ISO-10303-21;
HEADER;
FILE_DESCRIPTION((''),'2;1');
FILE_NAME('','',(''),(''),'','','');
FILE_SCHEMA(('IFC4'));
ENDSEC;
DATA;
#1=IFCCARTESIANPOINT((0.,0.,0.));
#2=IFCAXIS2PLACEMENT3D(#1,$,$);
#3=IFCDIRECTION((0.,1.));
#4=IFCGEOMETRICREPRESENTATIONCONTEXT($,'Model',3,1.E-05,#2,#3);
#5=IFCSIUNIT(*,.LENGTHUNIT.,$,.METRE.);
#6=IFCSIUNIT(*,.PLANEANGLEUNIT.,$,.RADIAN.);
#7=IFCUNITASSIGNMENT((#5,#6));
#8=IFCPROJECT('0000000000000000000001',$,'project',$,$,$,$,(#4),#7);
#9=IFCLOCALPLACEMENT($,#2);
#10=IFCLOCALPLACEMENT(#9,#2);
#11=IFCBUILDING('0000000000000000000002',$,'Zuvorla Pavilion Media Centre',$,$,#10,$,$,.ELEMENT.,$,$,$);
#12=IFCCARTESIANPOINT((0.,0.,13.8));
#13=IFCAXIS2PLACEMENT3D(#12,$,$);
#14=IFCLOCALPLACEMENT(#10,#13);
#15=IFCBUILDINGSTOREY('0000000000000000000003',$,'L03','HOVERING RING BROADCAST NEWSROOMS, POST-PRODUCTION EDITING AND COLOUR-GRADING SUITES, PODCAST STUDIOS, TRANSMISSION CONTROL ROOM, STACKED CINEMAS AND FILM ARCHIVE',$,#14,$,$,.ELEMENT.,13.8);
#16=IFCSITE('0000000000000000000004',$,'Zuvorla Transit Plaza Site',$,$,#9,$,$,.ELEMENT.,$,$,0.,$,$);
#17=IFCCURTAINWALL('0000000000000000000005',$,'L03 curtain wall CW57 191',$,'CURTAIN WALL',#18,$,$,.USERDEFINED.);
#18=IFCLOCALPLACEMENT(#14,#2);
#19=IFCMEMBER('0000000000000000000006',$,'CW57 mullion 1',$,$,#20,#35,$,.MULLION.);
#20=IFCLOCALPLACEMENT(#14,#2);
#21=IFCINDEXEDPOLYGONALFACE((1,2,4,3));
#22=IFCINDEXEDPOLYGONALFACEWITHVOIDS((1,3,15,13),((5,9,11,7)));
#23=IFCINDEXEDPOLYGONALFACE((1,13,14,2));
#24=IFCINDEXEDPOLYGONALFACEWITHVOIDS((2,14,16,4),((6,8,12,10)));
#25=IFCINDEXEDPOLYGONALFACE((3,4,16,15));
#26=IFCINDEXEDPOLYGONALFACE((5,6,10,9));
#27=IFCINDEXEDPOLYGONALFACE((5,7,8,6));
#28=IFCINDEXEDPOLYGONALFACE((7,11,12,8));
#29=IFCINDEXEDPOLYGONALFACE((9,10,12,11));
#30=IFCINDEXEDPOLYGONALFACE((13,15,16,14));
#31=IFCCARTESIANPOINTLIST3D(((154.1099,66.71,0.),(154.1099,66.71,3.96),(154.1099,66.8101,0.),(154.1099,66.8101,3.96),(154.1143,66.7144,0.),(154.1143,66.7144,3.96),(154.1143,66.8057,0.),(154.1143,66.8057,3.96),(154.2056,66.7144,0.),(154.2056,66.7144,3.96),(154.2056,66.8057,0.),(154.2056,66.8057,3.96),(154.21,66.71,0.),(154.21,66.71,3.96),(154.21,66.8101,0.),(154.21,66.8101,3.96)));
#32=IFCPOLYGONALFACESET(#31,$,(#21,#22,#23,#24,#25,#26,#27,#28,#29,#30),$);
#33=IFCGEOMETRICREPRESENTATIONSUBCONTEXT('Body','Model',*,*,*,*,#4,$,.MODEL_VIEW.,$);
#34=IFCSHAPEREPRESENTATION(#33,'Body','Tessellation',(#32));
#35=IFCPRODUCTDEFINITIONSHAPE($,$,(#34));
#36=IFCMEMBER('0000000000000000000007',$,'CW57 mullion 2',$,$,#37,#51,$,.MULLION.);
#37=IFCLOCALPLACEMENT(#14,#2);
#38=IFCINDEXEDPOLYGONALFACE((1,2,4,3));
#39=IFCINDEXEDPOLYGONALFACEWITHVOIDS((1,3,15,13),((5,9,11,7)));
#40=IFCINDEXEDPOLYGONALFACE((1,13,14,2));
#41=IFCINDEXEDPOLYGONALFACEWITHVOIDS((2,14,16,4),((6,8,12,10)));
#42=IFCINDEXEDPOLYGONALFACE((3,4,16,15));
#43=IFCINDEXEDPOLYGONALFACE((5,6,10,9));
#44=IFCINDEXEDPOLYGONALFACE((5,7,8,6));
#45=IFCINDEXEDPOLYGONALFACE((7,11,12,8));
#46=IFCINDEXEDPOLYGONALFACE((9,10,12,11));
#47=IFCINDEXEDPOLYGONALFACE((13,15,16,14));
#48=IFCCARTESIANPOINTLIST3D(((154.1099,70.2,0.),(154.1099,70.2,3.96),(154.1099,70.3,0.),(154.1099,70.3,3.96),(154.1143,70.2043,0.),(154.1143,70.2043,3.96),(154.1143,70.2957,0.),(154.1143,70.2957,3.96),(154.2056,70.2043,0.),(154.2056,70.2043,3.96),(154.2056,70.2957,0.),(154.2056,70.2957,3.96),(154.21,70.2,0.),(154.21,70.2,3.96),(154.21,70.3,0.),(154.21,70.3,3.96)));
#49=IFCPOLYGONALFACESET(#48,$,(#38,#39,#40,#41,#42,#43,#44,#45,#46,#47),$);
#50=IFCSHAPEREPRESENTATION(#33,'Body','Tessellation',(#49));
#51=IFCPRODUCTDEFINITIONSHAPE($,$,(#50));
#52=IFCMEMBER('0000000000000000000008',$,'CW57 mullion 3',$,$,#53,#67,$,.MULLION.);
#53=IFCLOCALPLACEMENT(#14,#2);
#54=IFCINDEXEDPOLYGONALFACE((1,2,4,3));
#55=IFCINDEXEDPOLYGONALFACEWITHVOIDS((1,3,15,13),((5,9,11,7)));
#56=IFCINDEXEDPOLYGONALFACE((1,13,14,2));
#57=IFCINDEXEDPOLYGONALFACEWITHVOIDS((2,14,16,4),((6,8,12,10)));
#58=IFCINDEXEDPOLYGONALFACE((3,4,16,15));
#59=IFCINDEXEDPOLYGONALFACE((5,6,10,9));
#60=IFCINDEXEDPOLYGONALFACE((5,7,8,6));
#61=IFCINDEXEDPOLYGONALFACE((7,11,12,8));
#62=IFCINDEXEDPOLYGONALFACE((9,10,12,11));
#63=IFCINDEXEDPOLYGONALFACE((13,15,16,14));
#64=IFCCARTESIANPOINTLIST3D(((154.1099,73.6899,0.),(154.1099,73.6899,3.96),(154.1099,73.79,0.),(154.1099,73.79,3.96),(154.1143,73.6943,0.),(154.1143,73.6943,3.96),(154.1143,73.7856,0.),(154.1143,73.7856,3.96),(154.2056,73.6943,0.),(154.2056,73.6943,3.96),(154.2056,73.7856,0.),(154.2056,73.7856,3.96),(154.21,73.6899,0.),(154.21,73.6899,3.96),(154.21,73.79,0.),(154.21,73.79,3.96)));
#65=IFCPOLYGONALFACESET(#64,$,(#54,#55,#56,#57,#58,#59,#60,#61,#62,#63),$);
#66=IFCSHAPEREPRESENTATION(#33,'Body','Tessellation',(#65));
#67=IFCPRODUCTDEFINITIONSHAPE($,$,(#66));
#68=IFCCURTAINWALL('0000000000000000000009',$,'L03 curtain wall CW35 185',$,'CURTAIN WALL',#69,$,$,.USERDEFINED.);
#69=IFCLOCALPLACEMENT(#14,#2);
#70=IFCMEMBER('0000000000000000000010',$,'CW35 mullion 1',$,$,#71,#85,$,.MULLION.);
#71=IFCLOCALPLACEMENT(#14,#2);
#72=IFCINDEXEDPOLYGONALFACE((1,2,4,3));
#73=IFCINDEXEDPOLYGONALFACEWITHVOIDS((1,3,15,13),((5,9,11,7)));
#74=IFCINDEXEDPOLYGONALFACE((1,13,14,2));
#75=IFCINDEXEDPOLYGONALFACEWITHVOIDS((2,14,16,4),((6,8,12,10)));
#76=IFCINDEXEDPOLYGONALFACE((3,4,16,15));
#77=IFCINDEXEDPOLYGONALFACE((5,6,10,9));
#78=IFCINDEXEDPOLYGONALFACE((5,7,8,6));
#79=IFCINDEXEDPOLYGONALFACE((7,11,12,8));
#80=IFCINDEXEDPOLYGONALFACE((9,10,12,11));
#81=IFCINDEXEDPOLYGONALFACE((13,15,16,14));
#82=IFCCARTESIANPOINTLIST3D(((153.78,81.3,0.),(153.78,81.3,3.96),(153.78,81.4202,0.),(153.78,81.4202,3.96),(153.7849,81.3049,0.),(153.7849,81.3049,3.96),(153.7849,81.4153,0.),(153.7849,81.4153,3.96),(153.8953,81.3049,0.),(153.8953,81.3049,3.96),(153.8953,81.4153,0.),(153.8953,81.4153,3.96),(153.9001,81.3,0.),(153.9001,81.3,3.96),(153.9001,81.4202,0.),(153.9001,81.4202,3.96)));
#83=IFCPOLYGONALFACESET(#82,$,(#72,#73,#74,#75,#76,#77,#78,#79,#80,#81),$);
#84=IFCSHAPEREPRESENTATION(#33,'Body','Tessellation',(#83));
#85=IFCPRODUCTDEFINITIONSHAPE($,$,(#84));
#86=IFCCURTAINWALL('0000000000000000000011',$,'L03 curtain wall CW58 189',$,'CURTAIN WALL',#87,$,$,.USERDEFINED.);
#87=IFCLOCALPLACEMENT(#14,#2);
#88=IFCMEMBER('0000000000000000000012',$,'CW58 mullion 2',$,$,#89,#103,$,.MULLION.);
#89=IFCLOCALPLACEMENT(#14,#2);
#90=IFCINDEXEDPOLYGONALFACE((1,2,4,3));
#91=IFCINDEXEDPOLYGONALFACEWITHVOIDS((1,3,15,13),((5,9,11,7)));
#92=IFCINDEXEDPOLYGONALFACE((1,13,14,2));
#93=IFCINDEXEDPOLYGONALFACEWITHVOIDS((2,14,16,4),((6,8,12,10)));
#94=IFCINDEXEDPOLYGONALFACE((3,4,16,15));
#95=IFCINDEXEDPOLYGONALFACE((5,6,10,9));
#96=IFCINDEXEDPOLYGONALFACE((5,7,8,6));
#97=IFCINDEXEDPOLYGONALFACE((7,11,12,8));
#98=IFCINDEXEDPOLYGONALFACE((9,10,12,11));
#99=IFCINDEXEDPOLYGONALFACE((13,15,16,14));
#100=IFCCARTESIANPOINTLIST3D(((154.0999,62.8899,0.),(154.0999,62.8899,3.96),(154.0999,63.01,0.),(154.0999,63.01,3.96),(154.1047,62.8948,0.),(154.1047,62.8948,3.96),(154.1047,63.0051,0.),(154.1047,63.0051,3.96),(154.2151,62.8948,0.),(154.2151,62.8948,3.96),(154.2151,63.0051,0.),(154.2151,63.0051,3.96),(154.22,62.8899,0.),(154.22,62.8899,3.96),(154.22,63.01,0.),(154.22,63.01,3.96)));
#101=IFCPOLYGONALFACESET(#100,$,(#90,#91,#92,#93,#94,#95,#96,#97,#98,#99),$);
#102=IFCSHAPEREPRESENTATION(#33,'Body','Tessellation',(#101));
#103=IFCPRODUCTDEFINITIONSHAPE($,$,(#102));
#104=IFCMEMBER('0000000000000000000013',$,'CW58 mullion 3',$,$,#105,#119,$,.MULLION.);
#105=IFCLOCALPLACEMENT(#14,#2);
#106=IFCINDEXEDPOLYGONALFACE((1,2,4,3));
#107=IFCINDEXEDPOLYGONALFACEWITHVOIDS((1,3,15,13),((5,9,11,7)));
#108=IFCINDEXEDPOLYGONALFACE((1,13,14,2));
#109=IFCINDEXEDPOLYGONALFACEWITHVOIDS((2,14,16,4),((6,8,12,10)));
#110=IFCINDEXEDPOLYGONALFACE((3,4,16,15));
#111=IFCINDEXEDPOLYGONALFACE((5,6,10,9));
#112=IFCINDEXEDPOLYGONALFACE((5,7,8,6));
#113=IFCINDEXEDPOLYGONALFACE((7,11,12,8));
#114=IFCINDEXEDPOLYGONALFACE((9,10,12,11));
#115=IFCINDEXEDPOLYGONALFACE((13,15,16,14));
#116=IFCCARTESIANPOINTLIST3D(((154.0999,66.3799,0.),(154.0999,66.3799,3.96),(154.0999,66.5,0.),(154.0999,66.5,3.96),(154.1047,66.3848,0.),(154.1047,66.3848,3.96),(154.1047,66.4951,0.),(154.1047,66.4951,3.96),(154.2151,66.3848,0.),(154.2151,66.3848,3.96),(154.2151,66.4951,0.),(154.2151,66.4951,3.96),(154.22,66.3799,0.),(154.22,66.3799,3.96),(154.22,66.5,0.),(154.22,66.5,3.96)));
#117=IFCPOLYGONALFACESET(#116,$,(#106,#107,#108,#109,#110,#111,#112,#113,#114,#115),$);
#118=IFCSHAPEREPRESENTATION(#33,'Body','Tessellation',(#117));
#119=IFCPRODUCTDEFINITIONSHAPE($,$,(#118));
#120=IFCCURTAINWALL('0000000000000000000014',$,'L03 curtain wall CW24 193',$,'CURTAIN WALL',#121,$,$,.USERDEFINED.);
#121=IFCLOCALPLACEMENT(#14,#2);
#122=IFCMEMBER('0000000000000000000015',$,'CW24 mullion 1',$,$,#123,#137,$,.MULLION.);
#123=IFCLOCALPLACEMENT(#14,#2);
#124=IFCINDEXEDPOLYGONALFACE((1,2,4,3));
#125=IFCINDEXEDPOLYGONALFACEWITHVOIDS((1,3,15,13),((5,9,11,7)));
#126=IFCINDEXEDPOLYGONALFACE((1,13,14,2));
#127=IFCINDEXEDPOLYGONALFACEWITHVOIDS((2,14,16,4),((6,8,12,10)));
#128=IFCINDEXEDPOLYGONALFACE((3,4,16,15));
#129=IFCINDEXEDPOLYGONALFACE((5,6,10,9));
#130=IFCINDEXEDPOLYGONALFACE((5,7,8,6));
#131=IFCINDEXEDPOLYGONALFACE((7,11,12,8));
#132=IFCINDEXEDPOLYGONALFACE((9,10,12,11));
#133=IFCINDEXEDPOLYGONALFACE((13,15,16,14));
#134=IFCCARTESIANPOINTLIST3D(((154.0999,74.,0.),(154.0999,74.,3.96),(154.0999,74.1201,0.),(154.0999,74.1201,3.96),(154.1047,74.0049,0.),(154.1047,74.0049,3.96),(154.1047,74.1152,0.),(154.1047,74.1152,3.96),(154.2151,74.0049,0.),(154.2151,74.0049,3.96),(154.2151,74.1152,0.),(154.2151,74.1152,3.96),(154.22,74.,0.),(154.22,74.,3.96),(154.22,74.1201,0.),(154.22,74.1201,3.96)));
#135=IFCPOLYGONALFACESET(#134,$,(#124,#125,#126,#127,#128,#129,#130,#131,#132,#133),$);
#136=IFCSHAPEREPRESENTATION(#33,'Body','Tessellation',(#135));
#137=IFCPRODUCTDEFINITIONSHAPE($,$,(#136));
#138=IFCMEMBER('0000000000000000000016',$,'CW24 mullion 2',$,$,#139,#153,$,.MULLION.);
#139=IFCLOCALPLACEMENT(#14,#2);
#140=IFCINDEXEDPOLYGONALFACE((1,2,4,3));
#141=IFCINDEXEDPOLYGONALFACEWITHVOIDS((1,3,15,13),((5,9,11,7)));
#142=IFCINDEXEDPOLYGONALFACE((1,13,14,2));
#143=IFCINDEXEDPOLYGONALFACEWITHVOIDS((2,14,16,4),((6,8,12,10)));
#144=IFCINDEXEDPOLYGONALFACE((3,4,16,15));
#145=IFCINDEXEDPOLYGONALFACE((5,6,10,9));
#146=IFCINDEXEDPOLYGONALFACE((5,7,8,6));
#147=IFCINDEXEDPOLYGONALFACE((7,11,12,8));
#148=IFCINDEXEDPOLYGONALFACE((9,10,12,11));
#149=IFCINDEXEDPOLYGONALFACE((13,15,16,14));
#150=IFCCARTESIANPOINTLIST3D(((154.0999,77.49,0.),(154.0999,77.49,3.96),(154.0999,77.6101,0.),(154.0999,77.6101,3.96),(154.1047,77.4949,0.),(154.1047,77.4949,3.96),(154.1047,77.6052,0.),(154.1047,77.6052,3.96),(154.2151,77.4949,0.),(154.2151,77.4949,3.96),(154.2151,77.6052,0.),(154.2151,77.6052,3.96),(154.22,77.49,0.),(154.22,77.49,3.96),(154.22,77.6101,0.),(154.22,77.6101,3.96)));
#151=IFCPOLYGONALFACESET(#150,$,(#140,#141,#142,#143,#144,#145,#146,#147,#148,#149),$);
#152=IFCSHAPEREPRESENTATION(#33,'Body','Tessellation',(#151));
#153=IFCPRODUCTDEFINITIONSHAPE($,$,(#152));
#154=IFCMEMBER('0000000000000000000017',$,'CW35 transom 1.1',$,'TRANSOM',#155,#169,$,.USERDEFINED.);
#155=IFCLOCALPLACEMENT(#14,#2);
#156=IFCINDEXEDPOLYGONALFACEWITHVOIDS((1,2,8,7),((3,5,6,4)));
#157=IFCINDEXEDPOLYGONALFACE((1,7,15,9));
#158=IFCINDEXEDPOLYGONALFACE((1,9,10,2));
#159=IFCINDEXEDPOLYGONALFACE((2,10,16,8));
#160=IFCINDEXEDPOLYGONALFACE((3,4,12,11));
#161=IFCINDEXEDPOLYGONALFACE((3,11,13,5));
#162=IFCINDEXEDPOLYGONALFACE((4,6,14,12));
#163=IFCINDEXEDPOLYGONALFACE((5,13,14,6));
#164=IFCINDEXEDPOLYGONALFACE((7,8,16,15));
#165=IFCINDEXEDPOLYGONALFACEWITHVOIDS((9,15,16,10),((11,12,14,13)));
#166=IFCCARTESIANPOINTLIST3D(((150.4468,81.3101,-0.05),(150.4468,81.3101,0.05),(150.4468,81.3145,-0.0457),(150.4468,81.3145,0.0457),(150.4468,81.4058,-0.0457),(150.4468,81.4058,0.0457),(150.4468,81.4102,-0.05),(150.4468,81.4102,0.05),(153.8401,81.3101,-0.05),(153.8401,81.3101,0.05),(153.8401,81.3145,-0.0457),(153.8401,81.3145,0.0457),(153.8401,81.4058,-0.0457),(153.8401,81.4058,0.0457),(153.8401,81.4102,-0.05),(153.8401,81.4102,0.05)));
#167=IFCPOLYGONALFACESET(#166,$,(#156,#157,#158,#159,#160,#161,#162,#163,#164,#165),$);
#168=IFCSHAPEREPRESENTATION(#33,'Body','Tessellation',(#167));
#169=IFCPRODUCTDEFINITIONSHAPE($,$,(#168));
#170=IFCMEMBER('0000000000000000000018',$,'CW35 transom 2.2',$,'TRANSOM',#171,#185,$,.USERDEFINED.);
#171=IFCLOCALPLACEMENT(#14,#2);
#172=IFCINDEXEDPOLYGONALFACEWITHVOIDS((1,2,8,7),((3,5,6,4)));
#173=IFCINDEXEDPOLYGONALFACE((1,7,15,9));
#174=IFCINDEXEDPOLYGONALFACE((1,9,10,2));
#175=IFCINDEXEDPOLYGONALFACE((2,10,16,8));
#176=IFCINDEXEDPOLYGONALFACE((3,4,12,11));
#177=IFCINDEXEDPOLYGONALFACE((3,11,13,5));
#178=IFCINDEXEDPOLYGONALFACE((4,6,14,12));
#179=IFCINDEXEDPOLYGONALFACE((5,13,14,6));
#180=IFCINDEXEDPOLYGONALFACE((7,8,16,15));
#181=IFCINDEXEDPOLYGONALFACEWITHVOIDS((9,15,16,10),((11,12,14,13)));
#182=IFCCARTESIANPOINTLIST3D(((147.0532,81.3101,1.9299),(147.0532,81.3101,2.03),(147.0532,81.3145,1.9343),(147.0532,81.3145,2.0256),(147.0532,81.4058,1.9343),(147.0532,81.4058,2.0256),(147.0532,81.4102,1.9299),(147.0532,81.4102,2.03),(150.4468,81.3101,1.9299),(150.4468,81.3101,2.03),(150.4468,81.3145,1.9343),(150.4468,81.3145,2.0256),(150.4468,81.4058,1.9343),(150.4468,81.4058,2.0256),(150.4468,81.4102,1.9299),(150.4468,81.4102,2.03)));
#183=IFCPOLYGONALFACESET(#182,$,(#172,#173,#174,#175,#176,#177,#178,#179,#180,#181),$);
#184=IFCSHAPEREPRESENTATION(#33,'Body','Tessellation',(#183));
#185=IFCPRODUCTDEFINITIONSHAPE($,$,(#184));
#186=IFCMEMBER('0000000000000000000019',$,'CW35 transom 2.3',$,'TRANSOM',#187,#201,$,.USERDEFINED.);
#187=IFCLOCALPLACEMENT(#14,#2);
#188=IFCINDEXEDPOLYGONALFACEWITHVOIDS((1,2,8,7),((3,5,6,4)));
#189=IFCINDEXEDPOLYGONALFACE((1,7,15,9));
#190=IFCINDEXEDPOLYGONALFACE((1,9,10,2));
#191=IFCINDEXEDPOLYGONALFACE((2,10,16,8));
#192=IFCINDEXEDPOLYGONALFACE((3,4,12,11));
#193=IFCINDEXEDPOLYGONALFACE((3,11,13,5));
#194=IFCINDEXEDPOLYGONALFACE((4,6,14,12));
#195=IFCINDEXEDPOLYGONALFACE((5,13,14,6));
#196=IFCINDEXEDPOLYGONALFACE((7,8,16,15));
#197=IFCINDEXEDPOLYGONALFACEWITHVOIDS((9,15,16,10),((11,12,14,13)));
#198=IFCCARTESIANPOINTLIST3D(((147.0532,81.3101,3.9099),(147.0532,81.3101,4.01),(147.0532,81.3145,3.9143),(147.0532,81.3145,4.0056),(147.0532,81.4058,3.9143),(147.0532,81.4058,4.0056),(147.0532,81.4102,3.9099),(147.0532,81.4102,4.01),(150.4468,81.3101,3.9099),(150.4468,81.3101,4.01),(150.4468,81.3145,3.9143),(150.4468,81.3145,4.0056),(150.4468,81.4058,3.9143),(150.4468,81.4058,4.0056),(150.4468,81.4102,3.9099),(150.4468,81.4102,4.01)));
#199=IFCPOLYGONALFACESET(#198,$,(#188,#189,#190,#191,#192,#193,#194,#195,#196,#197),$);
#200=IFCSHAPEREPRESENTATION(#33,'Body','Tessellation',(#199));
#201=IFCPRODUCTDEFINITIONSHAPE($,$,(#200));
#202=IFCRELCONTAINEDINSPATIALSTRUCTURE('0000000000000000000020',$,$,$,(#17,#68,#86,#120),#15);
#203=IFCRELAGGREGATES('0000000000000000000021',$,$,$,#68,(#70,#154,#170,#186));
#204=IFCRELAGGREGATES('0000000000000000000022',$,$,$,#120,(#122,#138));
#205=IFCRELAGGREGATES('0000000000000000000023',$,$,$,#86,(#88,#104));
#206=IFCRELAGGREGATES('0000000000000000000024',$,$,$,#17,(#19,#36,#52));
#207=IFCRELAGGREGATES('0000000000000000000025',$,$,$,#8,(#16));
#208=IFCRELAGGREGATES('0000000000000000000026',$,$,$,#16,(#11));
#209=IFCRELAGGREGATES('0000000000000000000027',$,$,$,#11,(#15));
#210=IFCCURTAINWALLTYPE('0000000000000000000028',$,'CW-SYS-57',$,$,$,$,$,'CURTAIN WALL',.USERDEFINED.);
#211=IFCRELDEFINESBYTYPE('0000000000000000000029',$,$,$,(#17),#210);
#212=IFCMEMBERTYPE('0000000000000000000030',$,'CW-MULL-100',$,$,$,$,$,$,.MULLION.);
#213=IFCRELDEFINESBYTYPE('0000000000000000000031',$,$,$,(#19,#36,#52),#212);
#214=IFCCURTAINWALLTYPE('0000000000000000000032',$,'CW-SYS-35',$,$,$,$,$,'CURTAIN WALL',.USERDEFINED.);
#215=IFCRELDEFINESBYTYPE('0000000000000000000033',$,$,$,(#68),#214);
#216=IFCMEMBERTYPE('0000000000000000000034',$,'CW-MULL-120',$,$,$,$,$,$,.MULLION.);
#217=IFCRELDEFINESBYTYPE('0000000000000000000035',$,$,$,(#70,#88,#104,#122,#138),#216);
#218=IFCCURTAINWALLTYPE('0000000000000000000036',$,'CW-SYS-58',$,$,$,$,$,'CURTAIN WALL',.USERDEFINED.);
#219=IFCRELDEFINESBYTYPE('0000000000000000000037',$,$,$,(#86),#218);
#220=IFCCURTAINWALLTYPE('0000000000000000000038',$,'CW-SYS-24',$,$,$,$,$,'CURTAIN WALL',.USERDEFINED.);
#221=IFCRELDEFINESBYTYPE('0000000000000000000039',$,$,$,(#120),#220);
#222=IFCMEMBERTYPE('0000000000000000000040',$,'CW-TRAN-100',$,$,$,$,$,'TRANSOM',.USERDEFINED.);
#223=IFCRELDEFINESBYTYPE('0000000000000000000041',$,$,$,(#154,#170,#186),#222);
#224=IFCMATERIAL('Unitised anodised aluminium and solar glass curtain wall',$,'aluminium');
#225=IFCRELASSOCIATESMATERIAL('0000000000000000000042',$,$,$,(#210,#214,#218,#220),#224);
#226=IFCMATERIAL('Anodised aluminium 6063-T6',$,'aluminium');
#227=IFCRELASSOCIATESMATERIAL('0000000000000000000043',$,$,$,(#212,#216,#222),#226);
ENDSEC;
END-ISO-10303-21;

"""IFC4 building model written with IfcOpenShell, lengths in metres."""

from ifc_helpers import new_model, si_unit, direction, frame, origin, origin_2d, place, context, subcontext, project, spatial, hollow_rectangle, extrude, material, material_profile, profile_set, type_object, element, aggregate, save


model = new_model("IFC4")

# Units and contexts
model_context = context("Model", 3, precision=1e-05, world=origin(), true_north=direction((0.0, 1.0)))
body_context = subcontext(model_context, "Body", "Model", "MODEL_VIEW")
ifc_project = project(units=[si_unit("LENGTHUNIT", "METRE"), si_unit("PLANEANGLEUNIT", "RADIAN")], contexts=[model_context])

# Site, building, storey
site_placement = place(None, origin())
site = spatial("IfcSite", under=ifc_project, at=site_placement, Name="Zuvorla Transit Plaza Site", CompositionType="ELEMENT", RefElevation=0.0)
building_placement = place(site_placement, origin())
building = spatial("IfcBuilding", under=site, at=building_placement, Name="Zuvorla Pavilion Media Centre", CompositionType="ELEMENT")
storey_placement = place(building_placement, frame((0.0, 0.0, 13.8)))
storey = spatial("IfcBuildingStorey", under=building, at=storey_placement, Name="L03", Description="HOVERING RING BROADCAST NEWSROOMS, POST-PRODUCTION EDITING AND COLOUR-GRADING SUITES, PODCAST STUDIOS, TRANSMISSION CONTROL ROOM, STACKED CINEMAS AND FILM ARCHIVE", CompositionType="ELEMENT", Elevation=13.8)

# Curtain wall, members
ifc_material_1 = material(Name="Unitised anodised aluminium and solar glass curtain wall", Category="aluminium")
curtain_wall_type_1 = type_object("IfcCurtainWallType", Name="CW-SYS-57", ElementType="CURTAIN WALL", PredefinedType="USERDEFINED", material=ifc_material_1)
curtain_wall_1_placement = place(storey_placement, origin())
curtain_wall_1 = element("IfcCurtainWall", 1, at=curtain_wall_1_placement, inside=storey, type_object=curtain_wall_type_1, Name="L03 curtain wall CW57 191", ObjectType="CURTAIN WALL", PredefinedType="USERDEFINED")
ifc_material_2 = material(Name="Anodised aluminium 6063-T6", Category="aluminium")
ifc_material_profile_1 = material_profile(ifc_material_2, hollow_rectangle(XDim=0.1001, YDim=0.1001, WallThickness=0.0044, at=origin_2d()), Name="ALU MULL 100x100")
ifc_profile_set_1 = profile_set([ifc_material_profile_1], Name="Anodised aluminium 6063-T6")
member_type_1 = type_object("IfcMemberType", Name="CW-MULL-100", PredefinedType="MULLION", material=ifc_profile_set_1)
member_1_placement = place(storey_placement, frame((154.1599, 66.76, 0.0), z_axis=(0.0, 0.0, 1.0), x_axis=(1.0, 0.0, 0.0)))
member_1 = element("IfcMember", 2, at=member_1_placement, type_object=member_type_1, Name="CW57 mullion 1", PredefinedType="MULLION", context=body_context, shape_type="SweptSolid", body=[
    extrude(hollow_rectangle(XDim=0.1001, YDim=0.1001, WallThickness=0.0044, at=origin_2d()), origin(), (0.0, 0.0, 1.0), 3.96),
])
member_2_placement = place(storey_placement, frame((154.1599, 70.25, 0.0), z_axis=(0.0, 0.0, 1.0), x_axis=(1.0, 0.0, 0.0)))
member_2 = element("IfcMember", 3, at=member_2_placement, type_object=member_type_1, Name="CW57 mullion 2", PredefinedType="MULLION", context=body_context, shape_type="SweptSolid", body=[
    extrude(hollow_rectangle(XDim=0.1001, YDim=0.1001, WallThickness=0.0044, at=origin_2d()), origin(), (0.0, 0.0, 1.0), 3.96),
])
member_3_placement = place(storey_placement, frame((154.1599, 73.74, 0.0), z_axis=(0.0, 0.0, 1.0), x_axis=(1.0, 0.0, 0.0)))
member_3 = element("IfcMember", 4, at=member_3_placement, type_object=member_type_1, Name="CW57 mullion 3", PredefinedType="MULLION", context=body_context, shape_type="SweptSolid", body=[
    extrude(hollow_rectangle(XDim=0.1001, YDim=0.1001, WallThickness=0.0044, at=origin_2d()), origin(), (0.0, 0.0, 1.0), 3.96),
])

# Curtain wall, member
curtain_wall_type_2 = type_object("IfcCurtainWallType", Name="CW-SYS-35", ElementType="CURTAIN WALL", PredefinedType="USERDEFINED", material=ifc_material_1)
curtain_wall_2_placement = place(storey_placement, origin())
curtain_wall_2 = element("IfcCurtainWall", 5, at=curtain_wall_2_placement, inside=storey, type_object=curtain_wall_type_2, Name="L03 curtain wall CW35 185", ObjectType="CURTAIN WALL", PredefinedType="USERDEFINED")
ifc_material_profile_2 = material_profile(ifc_material_2, hollow_rectangle(XDim=0.1201, YDim=0.1201, WallThickness=0.0049, at=origin_2d()), Name="ALU MULL 120x120")
ifc_profile_set_2 = profile_set([ifc_material_profile_2], Name="Anodised aluminium 6063-T6")
member_type_2 = type_object("IfcMemberType", Name="CW-MULL-120", PredefinedType="MULLION", material=ifc_profile_set_2)
member_4_placement = place(storey_placement, frame((153.8401, 81.3601, 0.0), z_axis=(0.0, 0.0, 1.0), x_axis=(1.0, 0.0, 0.0)))
member_4 = element("IfcMember", 6, at=member_4_placement, type_object=member_type_2, Name="CW35 mullion 1", PredefinedType="MULLION", context=body_context, shape_type="SweptSolid", body=[
    extrude(hollow_rectangle(XDim=0.1201, YDim=0.1201, WallThickness=0.0049, at=origin_2d()), origin(), (0.0, 0.0, 1.0), 3.96),
])

# Curtain walls, members
curtain_wall_type_3 = type_object("IfcCurtainWallType", Name="CW-SYS-58", ElementType="CURTAIN WALL", PredefinedType="USERDEFINED", material=ifc_material_1)
curtain_wall_3_placement = place(storey_placement, origin())
curtain_wall_3 = element("IfcCurtainWall", 7, at=curtain_wall_3_placement, inside=storey, type_object=curtain_wall_type_3, Name="L03 curtain wall CW58 189", ObjectType="CURTAIN WALL", PredefinedType="USERDEFINED")
member_5_placement = place(storey_placement, frame((154.1599, 62.95, 0.0), z_axis=(0.0, 0.0, 1.0), x_axis=(1.0, 0.0, 0.0)))
member_5 = element("IfcMember", 8, at=member_5_placement, type_object=member_type_2, Name="CW58 mullion 2", PredefinedType="MULLION", context=body_context, shape_type="SweptSolid", body=[
    extrude(hollow_rectangle(XDim=0.1201, YDim=0.1201, WallThickness=0.0049, at=origin_2d()), origin(), (0.0, 0.0, 1.0), 3.96),
])
member_6_placement = place(storey_placement, frame((154.1599, 66.4399, 0.0), z_axis=(0.0, 0.0, 1.0), x_axis=(1.0, 0.0, 0.0)))
member_6 = element("IfcMember", 9, at=member_6_placement, type_object=member_type_2, Name="CW58 mullion 3", PredefinedType="MULLION", context=body_context, shape_type="SweptSolid", body=[
    extrude(hollow_rectangle(XDim=0.1201, YDim=0.1201, WallThickness=0.0049, at=origin_2d()), origin(), (0.0, 0.0, 1.0), 3.96),
])
curtain_wall_type_4 = type_object("IfcCurtainWallType", Name="CW-SYS-24", ElementType="CURTAIN WALL", PredefinedType="USERDEFINED", material=ifc_material_1)
curtain_wall_4_placement = place(storey_placement, origin())
curtain_wall_4 = element("IfcCurtainWall", 10, at=curtain_wall_4_placement, inside=storey, type_object=curtain_wall_type_4, Name="L03 curtain wall CW24 193", ObjectType="CURTAIN WALL", PredefinedType="USERDEFINED")
member_7_placement = place(storey_placement, frame((154.1599, 74.0601, 0.0), z_axis=(0.0, 0.0, 1.0), x_axis=(1.0, 0.0, 0.0)))
member_7 = element("IfcMember", 11, at=member_7_placement, type_object=member_type_2, Name="CW24 mullion 1", PredefinedType="MULLION", context=body_context, shape_type="SweptSolid", body=[
    extrude(hollow_rectangle(XDim=0.1201, YDim=0.1201, WallThickness=0.0049, at=origin_2d()), origin(), (0.0, 0.0, 1.0), 3.96),
])
member_8_placement = place(storey_placement, frame((154.1599, 77.55, 0.0), z_axis=(0.0, 0.0, 1.0), x_axis=(1.0, 0.0, 0.0)))
member_8 = element("IfcMember", 12, at=member_8_placement, type_object=member_type_2, Name="CW24 mullion 2", PredefinedType="MULLION", context=body_context, shape_type="SweptSolid", body=[
    extrude(hollow_rectangle(XDim=0.1201, YDim=0.1201, WallThickness=0.0049, at=origin_2d()), origin(), (0.0, 0.0, 1.0), 3.96),
])

# Members
ifc_material_profile_3 = material_profile(ifc_material_2, hollow_rectangle(XDim=0.1001, YDim=0.1001, WallThickness=0.0044, at=origin_2d()), Name="ALU TRAN 100x100")
ifc_profile_set_3 = profile_set([ifc_material_profile_3], Name="Anodised aluminium 6063-T6")
member_type_3 = type_object("IfcMemberType", Name="CW-TRAN-100", ElementType="TRANSOM", PredefinedType="USERDEFINED", material=ifc_profile_set_3)
member_9_placement = place(storey_placement, frame((153.8401, 81.3601, 0.0), z_axis=(-1.0, 0.0, 0.0), x_axis=(0.0, -1.0, 0.0)))
member_9 = element("IfcMember", 13, at=member_9_placement, type_object=member_type_3, Name="CW35 transom 1.1", ObjectType="TRANSOM", PredefinedType="USERDEFINED", context=body_context, shape_type="SweptSolid", body=[
    extrude(hollow_rectangle(XDim=0.1001, YDim=0.1001, WallThickness=0.0044, at=origin_2d()), origin(), (0.0, 0.0, 1.0), 3.3933),
])
member_10_placement = place(storey_placement, frame((150.4468, 81.3601, 1.98), z_axis=(-1.0, 0.0, 0.0), x_axis=(0.0, -1.0, 0.0)))
member_10 = element("IfcMember", 14, at=member_10_placement, type_object=member_type_3, Name="CW35 transom 2.2", ObjectType="TRANSOM", PredefinedType="USERDEFINED", context=body_context, shape_type="SweptSolid", body=[
    extrude(hollow_rectangle(XDim=0.1001, YDim=0.1001, WallThickness=0.0044, at=origin_2d()), origin(), (0.0, 0.0, 1.0), 3.3936),
])
member_11_placement = place(storey_placement, frame((150.4468, 81.3601, 3.96), z_axis=(-1.0, 0.0, 0.0), x_axis=(0.0, -1.0, 0.0)))
member_11 = element("IfcMember", 15, at=member_11_placement, type_object=member_type_3, Name="CW35 transom 2.3", ObjectType="TRANSOM", PredefinedType="USERDEFINED", context=body_context, shape_type="SweptSolid", body=[
    extrude(hollow_rectangle(XDim=0.1001, YDim=0.1001, WallThickness=0.0044, at=origin_2d()), origin(), (0.0, 0.0, 1.0), 3.3936),
])

aggregate(curtain_wall_2, [member_4, member_9, member_10, member_11])
aggregate(curtain_wall_4, [member_7, member_8])
aggregate(curtain_wall_3, [member_5, member_6])
aggregate(curtain_wall_1, [member_1, member_2, member_3])

save(model, "model.ifc")
